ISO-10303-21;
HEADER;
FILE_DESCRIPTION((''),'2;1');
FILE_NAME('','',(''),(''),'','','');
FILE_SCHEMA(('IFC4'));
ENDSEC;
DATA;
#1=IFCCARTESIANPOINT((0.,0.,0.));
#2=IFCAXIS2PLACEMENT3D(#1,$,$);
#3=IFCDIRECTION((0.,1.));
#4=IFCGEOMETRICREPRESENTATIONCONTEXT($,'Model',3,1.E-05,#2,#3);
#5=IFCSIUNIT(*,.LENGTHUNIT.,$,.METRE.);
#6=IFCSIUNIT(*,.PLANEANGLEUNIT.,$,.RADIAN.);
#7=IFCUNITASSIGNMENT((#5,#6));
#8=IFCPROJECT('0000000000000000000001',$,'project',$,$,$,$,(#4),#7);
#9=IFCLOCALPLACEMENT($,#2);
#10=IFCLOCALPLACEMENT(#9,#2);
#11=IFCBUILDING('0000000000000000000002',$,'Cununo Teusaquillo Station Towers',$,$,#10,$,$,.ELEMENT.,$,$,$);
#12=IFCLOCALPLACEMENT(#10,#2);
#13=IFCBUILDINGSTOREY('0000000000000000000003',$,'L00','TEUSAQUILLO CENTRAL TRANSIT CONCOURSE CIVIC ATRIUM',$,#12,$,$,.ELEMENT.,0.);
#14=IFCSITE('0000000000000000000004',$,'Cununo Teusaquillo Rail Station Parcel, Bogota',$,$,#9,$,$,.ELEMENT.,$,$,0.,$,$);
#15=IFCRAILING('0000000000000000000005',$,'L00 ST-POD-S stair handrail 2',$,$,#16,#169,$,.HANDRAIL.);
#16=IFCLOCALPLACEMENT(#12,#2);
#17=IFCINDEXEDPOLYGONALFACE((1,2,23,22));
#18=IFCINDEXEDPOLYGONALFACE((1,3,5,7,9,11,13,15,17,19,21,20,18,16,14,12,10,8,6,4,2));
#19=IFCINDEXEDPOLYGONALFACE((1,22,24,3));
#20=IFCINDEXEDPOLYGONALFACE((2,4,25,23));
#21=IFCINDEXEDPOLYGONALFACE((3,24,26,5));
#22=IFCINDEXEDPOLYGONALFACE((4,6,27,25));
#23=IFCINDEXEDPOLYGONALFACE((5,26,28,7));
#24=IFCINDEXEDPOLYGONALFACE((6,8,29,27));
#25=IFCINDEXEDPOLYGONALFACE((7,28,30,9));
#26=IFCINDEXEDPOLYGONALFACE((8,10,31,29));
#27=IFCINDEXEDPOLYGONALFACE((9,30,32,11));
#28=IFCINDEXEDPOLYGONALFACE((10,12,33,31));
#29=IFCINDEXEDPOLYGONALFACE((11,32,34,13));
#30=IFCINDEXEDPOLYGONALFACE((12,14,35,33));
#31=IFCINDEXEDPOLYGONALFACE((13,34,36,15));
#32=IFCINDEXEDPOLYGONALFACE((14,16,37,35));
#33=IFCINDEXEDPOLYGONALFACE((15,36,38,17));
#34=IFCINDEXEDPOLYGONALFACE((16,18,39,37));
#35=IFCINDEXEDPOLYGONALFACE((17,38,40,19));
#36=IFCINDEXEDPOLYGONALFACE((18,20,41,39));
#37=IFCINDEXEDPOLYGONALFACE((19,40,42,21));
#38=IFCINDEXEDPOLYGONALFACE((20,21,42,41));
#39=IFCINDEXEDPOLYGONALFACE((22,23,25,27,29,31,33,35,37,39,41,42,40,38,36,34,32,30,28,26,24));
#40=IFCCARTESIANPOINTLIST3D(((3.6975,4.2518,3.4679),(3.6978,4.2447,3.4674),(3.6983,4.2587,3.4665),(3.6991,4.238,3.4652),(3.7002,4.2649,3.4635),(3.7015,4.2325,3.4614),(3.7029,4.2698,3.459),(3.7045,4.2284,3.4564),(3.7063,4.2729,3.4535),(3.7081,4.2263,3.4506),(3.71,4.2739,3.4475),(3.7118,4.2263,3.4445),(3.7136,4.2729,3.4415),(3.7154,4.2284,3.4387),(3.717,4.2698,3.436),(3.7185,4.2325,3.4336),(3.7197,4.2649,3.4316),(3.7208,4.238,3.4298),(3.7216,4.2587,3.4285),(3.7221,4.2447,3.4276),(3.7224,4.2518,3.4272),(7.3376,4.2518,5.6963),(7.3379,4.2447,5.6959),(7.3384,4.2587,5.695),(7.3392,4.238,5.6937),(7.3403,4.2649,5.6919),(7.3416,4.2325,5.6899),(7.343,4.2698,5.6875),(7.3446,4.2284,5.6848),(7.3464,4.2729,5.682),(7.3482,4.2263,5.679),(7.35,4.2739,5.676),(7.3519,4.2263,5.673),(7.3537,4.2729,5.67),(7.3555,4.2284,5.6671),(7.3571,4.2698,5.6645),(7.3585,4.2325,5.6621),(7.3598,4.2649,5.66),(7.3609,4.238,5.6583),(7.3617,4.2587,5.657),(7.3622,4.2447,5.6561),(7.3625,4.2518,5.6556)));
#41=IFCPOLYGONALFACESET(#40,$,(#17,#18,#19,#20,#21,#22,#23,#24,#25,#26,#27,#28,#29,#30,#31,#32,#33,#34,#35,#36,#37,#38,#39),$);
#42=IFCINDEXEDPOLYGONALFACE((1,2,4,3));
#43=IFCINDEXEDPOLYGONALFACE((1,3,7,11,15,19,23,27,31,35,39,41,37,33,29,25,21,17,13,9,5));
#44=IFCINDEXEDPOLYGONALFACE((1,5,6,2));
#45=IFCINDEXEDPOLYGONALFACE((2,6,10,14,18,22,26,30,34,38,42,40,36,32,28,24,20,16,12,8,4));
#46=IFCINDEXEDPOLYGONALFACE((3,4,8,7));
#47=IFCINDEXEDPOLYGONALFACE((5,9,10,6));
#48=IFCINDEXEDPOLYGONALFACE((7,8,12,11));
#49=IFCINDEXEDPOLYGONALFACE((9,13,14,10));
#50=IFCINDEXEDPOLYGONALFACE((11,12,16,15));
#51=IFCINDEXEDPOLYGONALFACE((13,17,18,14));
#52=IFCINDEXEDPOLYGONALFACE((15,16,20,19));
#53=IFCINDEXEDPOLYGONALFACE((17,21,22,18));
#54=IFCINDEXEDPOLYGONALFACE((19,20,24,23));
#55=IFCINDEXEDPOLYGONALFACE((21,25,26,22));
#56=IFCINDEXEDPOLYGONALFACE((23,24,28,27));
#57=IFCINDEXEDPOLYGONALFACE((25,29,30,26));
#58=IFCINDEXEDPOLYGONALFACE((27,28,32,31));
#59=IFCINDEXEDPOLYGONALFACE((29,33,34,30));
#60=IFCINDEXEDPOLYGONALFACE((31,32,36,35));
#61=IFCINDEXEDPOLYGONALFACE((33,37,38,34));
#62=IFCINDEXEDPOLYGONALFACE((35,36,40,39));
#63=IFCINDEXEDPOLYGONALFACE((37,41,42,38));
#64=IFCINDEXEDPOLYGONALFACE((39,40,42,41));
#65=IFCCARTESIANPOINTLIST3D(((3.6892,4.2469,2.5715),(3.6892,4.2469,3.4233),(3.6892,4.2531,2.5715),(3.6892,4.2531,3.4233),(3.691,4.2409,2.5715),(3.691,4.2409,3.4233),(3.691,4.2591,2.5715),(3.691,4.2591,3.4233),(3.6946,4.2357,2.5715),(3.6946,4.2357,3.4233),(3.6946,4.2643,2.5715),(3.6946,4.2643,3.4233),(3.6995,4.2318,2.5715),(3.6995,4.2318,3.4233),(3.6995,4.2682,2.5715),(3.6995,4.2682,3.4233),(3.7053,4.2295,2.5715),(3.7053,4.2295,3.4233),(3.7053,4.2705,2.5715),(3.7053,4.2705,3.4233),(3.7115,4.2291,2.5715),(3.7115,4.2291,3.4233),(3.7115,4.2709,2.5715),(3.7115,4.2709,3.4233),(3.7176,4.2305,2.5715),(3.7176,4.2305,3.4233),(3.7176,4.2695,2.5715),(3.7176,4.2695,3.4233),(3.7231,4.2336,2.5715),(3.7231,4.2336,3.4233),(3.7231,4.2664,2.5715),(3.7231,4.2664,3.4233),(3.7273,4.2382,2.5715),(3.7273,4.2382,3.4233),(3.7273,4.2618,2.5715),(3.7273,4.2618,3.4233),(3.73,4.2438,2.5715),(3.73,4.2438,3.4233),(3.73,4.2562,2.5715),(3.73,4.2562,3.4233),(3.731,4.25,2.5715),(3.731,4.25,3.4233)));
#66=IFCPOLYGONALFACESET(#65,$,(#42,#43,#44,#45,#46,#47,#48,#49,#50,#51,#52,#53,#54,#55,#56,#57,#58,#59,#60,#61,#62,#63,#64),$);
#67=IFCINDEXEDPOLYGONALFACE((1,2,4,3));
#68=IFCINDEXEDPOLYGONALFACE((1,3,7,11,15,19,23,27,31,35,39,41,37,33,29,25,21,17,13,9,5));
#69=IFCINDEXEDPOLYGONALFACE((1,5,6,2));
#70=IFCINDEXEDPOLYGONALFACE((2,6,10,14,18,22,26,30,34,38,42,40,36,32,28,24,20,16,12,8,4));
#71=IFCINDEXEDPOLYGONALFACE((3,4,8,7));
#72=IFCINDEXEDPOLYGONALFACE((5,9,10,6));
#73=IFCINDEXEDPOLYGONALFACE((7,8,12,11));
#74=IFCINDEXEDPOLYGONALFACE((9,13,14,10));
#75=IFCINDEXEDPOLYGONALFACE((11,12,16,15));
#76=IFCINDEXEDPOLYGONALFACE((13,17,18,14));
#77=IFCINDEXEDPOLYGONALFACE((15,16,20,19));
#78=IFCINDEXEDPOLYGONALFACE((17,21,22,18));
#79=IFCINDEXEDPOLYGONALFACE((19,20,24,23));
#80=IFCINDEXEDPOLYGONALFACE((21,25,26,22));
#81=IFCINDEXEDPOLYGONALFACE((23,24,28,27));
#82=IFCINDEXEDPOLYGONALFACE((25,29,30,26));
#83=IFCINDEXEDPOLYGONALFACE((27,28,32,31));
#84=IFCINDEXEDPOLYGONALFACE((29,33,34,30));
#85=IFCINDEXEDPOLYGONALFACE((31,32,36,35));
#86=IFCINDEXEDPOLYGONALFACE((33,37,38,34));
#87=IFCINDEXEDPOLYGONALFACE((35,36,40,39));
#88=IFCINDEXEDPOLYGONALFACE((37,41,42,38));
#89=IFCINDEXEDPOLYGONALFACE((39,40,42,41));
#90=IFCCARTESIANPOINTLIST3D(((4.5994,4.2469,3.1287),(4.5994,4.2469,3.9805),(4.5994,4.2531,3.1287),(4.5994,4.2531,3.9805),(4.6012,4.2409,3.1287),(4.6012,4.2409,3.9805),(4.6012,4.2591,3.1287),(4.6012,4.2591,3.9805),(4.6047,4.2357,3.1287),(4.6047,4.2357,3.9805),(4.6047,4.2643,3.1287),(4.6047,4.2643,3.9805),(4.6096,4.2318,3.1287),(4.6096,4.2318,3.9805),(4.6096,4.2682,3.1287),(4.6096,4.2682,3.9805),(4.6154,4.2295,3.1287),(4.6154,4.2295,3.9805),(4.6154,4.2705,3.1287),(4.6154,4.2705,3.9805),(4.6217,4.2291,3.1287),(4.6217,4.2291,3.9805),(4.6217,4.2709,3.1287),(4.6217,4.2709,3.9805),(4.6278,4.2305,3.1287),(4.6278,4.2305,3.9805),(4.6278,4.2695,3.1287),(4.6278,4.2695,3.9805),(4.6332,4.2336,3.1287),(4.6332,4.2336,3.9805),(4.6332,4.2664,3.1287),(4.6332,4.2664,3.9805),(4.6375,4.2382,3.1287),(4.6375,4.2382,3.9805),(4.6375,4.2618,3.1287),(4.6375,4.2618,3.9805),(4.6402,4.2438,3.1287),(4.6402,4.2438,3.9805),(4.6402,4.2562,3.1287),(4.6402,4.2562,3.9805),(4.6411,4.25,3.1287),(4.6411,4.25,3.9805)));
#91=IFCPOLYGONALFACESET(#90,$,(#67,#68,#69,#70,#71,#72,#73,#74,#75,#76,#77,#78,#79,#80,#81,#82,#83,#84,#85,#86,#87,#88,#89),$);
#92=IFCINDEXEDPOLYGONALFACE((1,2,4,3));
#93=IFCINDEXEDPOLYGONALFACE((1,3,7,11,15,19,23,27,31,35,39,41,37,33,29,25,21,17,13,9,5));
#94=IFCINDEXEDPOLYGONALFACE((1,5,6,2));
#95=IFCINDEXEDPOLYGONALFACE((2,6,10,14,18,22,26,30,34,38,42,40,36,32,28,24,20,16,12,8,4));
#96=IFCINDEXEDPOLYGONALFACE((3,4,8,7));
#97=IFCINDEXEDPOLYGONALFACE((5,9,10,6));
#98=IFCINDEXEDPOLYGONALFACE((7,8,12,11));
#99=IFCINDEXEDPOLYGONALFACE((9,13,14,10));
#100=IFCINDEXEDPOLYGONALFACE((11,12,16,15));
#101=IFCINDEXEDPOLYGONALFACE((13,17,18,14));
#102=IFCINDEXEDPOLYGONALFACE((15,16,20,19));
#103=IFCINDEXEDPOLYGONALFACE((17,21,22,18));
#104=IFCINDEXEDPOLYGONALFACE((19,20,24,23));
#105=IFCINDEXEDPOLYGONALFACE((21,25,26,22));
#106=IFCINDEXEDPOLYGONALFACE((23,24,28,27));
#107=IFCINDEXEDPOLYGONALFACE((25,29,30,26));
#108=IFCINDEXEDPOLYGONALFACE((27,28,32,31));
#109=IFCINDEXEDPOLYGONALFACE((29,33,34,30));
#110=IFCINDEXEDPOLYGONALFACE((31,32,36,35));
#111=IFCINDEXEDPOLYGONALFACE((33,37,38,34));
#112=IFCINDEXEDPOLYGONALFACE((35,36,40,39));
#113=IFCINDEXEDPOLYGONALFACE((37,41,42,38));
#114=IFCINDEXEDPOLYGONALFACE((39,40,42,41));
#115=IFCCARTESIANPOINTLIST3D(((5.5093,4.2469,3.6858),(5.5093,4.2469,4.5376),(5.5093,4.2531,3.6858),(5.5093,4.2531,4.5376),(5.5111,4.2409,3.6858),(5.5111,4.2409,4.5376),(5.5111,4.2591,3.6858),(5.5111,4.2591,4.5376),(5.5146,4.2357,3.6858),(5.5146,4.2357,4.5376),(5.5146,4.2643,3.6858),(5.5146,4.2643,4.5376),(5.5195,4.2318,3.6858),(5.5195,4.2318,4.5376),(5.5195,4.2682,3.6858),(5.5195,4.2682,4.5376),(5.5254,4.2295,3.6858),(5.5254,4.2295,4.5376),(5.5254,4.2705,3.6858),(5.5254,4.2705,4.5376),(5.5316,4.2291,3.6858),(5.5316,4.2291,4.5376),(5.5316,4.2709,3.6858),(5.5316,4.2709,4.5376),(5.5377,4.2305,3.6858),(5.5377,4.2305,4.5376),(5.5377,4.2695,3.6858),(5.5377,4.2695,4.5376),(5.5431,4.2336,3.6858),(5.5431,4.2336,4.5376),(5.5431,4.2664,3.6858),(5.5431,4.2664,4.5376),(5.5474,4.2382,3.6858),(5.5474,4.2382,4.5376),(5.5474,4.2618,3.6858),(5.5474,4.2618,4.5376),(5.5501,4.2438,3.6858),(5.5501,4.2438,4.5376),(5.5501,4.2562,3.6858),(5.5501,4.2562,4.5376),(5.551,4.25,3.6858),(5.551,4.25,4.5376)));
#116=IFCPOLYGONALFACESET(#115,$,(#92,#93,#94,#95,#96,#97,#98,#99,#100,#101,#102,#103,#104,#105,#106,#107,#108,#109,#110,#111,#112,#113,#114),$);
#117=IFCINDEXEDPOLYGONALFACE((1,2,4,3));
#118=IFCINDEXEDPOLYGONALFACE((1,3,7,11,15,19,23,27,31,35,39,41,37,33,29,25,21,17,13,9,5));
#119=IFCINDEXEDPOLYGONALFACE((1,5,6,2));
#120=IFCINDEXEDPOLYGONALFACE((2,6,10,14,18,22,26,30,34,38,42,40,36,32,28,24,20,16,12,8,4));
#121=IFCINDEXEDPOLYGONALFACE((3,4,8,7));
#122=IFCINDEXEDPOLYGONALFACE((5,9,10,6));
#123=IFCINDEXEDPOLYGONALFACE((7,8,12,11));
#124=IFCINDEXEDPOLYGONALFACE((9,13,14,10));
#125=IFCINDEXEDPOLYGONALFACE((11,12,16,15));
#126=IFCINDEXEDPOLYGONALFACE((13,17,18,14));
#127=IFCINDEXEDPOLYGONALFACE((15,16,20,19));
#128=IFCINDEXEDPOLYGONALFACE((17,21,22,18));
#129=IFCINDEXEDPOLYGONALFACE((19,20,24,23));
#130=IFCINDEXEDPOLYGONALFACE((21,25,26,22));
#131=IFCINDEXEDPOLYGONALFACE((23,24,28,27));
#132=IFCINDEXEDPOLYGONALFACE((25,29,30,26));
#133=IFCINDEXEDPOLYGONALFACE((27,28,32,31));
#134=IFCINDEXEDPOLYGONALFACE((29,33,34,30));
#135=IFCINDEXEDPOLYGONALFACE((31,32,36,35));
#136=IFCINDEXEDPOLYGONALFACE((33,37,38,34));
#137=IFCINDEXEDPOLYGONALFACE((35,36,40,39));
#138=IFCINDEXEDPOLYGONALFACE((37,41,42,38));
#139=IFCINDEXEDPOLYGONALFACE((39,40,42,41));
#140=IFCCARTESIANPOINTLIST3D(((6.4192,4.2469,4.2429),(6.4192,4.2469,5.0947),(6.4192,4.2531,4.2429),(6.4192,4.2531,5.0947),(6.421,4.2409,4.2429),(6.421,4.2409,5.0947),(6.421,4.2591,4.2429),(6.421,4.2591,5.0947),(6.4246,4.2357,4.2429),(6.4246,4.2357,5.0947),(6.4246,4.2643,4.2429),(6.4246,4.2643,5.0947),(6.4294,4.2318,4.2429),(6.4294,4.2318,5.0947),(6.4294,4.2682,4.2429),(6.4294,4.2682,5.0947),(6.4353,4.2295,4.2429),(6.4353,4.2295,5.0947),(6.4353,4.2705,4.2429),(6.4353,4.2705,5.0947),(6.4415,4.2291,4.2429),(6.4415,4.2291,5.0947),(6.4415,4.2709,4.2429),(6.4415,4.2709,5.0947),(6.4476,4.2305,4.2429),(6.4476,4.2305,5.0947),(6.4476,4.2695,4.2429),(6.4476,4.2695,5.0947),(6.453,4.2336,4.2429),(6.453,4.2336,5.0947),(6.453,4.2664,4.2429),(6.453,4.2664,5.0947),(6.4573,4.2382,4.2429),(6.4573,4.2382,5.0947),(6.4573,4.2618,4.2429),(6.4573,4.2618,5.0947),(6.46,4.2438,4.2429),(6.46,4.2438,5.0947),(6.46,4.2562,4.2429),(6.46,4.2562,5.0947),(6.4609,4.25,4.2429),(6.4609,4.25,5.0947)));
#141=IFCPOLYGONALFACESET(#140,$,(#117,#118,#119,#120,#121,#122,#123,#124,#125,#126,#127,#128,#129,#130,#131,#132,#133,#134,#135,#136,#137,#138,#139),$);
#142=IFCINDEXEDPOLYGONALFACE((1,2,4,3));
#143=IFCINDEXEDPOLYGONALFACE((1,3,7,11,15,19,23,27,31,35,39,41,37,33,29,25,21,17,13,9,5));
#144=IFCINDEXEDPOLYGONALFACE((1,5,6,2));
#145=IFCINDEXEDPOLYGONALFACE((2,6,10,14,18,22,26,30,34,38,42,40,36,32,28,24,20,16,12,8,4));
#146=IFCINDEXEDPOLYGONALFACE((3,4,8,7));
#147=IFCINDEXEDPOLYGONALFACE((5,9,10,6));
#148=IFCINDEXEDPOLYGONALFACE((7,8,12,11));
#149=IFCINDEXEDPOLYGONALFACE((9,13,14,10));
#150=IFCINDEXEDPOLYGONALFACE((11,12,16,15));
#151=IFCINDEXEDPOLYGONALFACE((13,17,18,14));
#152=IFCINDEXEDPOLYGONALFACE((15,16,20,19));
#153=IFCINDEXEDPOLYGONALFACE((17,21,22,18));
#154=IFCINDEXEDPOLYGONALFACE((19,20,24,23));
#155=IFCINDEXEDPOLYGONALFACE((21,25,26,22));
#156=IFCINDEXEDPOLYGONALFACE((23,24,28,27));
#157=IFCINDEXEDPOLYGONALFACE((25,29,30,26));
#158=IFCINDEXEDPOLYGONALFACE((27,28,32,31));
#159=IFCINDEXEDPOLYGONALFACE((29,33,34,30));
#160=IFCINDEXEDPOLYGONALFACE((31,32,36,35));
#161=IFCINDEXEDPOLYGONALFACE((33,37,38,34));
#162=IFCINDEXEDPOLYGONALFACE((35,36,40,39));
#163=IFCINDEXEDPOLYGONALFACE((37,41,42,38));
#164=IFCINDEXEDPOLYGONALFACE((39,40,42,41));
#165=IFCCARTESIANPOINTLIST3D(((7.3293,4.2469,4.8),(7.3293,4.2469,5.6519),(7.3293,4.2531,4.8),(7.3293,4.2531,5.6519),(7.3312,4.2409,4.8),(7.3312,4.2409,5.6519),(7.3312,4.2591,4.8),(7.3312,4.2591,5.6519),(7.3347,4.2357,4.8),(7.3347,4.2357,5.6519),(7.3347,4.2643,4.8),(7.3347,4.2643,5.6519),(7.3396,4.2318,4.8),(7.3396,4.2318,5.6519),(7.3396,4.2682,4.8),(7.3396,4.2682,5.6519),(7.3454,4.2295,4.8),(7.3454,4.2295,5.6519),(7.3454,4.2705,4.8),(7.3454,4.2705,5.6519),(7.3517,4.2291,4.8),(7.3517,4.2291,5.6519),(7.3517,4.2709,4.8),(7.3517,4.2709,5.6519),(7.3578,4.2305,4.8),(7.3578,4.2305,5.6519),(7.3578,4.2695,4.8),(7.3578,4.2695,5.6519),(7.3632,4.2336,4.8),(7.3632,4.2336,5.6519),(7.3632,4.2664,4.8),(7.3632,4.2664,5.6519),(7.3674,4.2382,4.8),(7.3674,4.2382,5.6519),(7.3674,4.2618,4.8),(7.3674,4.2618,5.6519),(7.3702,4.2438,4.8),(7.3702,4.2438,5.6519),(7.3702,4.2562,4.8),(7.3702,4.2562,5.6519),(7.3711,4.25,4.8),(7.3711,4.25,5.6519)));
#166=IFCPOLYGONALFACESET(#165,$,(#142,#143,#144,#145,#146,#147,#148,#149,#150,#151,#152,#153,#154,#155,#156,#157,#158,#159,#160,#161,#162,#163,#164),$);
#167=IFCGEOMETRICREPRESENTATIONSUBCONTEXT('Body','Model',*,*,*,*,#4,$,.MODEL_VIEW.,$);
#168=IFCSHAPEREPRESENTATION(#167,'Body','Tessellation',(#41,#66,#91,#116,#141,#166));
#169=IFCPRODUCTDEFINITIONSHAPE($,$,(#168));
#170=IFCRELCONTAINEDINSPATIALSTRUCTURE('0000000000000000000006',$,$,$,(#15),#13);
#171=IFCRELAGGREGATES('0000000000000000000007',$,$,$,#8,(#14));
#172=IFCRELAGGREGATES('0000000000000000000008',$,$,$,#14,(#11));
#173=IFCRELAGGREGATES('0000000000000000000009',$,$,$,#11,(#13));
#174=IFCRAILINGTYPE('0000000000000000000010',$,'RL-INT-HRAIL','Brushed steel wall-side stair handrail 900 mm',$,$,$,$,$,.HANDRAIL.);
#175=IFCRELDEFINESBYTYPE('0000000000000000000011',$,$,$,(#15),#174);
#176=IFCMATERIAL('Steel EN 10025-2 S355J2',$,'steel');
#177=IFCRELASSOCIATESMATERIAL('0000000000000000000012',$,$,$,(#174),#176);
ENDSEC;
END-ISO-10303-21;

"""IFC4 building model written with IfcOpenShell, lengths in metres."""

from ifc_helpers import new_model, si_unit, direction, frame, origin, origin_2d, place, context, subcontext, project, spatial, circle, extrude, material, type_object, element, save


model = new_model("IFC4")

# Units and contexts
model_context = context("Model", 3, precision=1e-05, world=origin(), true_north=direction((0.0, 1.0)))
body_context = subcontext(model_context, "Body", "Model", "MODEL_VIEW")
ifc_project = project(units=[si_unit("LENGTHUNIT", "METRE"), si_unit("PLANEANGLEUNIT", "RADIAN")], contexts=[model_context])

# Site, building, storey
site_placement = place(None, origin())
site = spatial("IfcSite", under=ifc_project, at=site_placement, Name="Cununo Teusaquillo Rail Station Parcel, Bogota", CompositionType="ELEMENT", RefElevation=0.0)
building_placement = place(site_placement, origin())
building = spatial("IfcBuilding", under=site, at=building_placement, Name="Cununo Teusaquillo Station Towers", CompositionType="ELEMENT")
storey_placement = place(building_placement, origin())
storey = spatial("IfcBuildingStorey", under=building, at=storey_placement, Name="L00", Description="TEUSAQUILLO CENTRAL TRANSIT CONCOURSE CIVIC ATRIUM", CompositionType="ELEMENT", Elevation=0.0)

# Railing
ifc_material_1 = material(Name="Steel EN 10025-2 S355J2", Category="steel")
railing_type_1 = type_object("IfcRailingType", Name="RL-INT-HRAIL", Description="Brushed steel wall-side stair handrail 900 mm", PredefinedType="HANDRAIL", material=ifc_material_1)
railing_1_placement = place(storey_placement, frame((3.71, 4.25, 2.5715)))
element("IfcRailing", 1, at=railing_1_placement, inside=storey, type_object=railing_type_1, Name="L00 ST-POD-S stair handrail 2", PredefinedType="HANDRAIL", context=body_context, shape_type="SweptSolid", body=[
    extrude(circle(Radius=0.0239, at=origin_2d()), frame((0.0, 0.0, 0.876), z_axis=(0.852866, 0.0, 0.52213), x_axis=(0.0, 1.0, 0.0)), (0.0, 0.0, 1.0), 4.2681),
    extrude(circle(Radius=0.021, at=origin_2d()), origin(), (0.0, 0.0, 1.0), 0.8518),
    extrude(circle(Radius=0.021, at=origin_2d()), frame((0.9102, 0.0, 0.5571)), (0.0, 0.0, 1.0), 0.8518),
    extrude(circle(Radius=0.021, at=origin_2d()), frame((1.8201, 0.0, 1.1143)), (0.0, 0.0, 1.0), 0.8518),
    extrude(circle(Radius=0.021, at=origin_2d()), frame((2.73, 0.0, 1.6714)), (0.0, 0.0, 1.0), 0.8518),
    extrude(circle(Radius=0.021, at=origin_2d()), frame((3.6401, 0.0, 2.2285)), (0.0, 0.0, 1.0), 0.8518),
])

save(model, "model.ifc")
